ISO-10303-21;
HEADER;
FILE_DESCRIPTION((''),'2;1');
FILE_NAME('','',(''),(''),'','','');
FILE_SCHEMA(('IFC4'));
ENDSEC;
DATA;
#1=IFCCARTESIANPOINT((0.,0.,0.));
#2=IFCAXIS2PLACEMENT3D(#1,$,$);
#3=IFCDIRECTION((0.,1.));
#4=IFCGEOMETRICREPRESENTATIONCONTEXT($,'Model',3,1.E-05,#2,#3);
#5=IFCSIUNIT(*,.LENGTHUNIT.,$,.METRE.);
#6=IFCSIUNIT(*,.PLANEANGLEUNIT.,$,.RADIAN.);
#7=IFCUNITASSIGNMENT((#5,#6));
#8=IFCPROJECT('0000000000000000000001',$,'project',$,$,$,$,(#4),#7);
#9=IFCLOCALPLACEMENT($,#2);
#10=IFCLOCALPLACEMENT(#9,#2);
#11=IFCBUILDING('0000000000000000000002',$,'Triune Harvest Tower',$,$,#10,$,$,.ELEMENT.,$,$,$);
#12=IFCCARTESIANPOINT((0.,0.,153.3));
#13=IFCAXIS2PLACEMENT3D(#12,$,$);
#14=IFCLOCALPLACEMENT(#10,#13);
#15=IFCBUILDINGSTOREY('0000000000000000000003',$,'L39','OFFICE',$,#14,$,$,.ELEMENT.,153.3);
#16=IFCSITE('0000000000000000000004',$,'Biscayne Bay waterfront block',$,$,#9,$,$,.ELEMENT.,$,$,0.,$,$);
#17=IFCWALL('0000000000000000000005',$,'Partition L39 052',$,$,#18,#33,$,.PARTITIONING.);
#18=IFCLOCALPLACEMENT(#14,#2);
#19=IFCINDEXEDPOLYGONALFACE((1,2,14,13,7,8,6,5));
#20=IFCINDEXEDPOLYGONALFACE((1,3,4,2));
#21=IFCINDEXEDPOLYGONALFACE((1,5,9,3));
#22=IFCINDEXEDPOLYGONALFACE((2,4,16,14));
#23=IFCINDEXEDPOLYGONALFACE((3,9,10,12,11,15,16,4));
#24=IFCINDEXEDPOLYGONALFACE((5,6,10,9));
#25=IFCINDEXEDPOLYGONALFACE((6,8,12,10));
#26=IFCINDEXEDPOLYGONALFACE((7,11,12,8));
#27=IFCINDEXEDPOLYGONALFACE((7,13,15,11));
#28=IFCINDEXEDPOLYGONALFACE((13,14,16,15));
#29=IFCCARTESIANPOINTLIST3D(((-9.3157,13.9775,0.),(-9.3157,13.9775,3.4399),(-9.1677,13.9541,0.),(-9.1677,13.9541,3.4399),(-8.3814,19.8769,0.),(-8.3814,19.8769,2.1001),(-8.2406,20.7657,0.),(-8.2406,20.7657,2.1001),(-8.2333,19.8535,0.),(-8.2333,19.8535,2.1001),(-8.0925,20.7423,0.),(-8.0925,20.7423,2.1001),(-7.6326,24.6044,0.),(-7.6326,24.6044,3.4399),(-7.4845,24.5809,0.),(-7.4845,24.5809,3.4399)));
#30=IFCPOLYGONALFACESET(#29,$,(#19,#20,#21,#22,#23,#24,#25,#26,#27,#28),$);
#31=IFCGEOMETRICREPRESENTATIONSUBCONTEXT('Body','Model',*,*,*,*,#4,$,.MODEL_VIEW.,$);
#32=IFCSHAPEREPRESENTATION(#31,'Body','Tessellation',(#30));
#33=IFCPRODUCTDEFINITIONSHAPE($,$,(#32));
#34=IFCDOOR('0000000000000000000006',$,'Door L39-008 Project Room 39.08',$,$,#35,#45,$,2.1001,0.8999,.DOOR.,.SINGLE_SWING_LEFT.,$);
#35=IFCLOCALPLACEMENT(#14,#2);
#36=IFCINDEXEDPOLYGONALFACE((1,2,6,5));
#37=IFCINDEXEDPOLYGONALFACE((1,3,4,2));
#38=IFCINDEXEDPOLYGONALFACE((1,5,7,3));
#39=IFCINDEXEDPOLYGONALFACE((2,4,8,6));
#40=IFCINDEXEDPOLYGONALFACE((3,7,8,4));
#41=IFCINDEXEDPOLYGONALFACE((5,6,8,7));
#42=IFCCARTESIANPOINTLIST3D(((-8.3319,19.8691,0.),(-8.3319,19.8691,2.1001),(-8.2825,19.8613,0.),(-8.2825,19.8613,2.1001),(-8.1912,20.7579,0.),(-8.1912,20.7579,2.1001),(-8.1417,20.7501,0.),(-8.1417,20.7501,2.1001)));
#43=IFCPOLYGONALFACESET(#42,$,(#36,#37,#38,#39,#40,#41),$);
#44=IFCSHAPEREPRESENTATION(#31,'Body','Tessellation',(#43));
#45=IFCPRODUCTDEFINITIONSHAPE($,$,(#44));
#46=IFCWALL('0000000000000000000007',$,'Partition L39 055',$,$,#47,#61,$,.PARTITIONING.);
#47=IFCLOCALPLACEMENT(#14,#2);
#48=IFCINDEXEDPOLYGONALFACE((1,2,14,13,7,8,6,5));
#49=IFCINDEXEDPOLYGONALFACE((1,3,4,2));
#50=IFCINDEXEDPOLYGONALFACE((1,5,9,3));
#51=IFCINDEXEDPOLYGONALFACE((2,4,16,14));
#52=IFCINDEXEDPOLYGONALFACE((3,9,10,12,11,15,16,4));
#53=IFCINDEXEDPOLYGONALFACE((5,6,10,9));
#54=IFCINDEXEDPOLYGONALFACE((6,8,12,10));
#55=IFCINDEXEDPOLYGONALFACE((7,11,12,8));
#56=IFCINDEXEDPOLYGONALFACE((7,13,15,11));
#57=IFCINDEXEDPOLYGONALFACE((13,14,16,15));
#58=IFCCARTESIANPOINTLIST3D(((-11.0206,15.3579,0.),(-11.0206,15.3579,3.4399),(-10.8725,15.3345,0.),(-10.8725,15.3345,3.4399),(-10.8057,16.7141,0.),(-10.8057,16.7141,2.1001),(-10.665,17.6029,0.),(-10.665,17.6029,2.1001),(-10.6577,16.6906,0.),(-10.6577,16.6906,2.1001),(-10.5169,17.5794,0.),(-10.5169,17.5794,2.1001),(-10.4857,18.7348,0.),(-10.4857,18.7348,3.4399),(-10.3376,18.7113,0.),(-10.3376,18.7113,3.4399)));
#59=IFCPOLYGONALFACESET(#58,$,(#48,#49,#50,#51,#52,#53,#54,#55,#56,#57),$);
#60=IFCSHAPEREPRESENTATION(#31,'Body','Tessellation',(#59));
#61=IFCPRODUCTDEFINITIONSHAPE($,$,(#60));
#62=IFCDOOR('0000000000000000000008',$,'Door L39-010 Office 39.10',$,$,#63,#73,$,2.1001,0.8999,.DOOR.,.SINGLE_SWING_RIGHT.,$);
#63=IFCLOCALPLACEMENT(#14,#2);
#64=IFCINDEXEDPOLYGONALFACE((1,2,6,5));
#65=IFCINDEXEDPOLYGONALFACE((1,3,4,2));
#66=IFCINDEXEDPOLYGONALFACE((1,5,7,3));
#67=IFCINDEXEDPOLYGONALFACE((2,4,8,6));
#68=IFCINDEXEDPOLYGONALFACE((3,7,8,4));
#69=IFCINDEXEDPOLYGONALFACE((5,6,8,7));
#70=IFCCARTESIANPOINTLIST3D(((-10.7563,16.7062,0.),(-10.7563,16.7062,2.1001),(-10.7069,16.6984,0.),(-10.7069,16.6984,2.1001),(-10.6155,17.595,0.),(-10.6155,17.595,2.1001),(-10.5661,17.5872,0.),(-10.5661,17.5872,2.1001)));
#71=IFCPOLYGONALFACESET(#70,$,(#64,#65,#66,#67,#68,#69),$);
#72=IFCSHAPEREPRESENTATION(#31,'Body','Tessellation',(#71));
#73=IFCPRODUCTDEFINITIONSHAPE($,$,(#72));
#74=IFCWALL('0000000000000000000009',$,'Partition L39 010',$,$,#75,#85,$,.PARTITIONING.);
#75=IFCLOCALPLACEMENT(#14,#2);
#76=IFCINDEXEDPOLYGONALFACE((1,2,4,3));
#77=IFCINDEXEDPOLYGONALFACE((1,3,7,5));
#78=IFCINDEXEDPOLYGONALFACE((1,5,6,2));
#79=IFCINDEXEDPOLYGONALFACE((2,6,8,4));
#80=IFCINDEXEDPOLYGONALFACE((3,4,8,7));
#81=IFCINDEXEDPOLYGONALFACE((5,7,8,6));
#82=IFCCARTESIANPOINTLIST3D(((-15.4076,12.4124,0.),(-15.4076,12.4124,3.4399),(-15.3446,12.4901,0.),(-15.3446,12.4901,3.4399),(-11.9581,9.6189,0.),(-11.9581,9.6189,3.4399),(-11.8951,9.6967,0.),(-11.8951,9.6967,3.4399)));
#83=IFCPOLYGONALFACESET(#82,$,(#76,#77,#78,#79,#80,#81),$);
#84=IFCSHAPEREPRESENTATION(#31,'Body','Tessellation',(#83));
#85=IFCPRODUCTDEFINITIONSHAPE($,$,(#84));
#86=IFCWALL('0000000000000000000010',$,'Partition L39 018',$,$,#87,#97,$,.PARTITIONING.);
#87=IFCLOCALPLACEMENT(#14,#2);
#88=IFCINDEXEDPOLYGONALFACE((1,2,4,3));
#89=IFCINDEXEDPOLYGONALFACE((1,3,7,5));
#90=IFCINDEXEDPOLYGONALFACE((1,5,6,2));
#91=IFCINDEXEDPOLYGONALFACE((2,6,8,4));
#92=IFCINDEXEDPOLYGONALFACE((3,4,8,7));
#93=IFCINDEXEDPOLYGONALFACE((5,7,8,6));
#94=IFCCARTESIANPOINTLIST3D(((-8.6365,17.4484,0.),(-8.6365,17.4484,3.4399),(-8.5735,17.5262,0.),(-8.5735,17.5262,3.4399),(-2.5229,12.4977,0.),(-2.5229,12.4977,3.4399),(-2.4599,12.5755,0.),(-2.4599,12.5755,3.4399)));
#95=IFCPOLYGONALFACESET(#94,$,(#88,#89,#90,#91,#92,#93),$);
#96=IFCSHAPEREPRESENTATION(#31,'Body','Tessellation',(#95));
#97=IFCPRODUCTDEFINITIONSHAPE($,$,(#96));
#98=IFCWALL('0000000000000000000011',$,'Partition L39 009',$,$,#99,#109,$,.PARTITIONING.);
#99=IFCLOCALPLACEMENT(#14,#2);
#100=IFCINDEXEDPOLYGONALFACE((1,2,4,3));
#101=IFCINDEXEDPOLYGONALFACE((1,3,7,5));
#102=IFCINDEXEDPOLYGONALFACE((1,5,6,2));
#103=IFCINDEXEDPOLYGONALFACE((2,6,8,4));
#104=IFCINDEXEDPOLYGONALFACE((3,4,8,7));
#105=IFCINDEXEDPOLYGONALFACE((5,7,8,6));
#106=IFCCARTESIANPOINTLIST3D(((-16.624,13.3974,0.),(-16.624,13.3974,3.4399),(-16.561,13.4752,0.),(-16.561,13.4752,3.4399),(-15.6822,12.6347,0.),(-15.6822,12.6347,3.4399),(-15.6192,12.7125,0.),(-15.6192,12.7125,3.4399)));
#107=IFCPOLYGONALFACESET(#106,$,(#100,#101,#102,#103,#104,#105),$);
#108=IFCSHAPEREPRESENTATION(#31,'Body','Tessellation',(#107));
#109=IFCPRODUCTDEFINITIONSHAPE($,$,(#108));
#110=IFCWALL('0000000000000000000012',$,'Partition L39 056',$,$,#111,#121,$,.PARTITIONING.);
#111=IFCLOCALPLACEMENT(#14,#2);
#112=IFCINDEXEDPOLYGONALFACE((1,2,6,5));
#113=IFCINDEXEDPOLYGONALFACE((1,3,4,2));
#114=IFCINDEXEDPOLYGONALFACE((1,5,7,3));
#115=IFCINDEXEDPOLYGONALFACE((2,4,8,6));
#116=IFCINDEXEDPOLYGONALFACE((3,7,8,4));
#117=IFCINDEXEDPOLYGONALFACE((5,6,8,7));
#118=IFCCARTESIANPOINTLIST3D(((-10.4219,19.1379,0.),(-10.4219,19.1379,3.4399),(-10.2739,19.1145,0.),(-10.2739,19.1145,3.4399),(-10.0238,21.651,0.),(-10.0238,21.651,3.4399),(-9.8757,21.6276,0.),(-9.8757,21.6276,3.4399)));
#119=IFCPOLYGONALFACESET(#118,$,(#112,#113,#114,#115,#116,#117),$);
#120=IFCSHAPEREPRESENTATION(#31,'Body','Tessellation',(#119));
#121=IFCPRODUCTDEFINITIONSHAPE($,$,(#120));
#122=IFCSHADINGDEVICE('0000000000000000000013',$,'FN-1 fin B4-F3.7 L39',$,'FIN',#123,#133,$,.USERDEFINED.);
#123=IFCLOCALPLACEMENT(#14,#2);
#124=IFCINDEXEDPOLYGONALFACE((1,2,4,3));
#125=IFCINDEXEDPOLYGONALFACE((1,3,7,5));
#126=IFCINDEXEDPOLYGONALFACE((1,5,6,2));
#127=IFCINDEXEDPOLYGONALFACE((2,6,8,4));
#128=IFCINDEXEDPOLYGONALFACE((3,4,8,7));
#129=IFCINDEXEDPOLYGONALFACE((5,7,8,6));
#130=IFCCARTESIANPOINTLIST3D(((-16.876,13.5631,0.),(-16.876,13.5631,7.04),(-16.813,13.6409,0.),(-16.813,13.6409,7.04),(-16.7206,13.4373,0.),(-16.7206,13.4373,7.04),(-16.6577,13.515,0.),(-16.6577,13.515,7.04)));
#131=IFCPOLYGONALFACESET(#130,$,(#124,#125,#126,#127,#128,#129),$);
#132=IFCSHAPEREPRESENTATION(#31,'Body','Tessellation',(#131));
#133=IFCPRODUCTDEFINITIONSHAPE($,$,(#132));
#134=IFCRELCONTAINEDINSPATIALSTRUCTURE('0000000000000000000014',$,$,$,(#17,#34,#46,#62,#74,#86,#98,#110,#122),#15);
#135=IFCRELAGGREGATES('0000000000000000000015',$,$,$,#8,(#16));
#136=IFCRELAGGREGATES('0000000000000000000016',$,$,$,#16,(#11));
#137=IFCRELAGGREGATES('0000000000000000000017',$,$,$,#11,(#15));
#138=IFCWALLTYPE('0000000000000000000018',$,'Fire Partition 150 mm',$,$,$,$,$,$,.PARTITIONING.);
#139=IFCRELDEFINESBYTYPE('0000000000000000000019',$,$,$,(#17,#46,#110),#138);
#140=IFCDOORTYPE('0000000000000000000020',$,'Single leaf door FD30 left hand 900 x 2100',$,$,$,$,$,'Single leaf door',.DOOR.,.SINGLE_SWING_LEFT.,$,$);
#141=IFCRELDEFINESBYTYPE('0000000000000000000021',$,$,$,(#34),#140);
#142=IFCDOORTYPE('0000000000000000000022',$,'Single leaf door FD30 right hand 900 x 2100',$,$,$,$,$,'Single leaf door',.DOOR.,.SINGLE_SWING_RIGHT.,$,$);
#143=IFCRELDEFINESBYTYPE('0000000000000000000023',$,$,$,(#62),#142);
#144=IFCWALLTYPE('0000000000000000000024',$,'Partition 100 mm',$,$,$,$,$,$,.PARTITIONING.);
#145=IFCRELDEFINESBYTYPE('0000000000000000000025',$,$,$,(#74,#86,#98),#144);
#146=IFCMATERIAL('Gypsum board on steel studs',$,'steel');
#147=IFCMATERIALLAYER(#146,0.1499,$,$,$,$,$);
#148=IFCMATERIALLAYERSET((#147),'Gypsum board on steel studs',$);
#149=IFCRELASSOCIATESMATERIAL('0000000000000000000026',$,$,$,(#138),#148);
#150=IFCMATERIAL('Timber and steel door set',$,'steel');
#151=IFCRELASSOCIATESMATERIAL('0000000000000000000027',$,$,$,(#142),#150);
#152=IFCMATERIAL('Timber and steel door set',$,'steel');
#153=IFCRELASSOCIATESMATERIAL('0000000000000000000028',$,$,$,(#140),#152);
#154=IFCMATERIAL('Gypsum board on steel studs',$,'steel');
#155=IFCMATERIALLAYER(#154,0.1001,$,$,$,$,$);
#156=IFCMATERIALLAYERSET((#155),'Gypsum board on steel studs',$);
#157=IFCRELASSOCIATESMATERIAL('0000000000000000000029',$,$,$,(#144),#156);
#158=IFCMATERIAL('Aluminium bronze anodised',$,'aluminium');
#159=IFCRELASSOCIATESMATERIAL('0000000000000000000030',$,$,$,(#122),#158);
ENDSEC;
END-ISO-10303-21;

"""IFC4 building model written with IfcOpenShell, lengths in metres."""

from ifc_helpers import new_model, si_unit, direction, frame, frame_2d, origin, origin_2d, place, context, subcontext, project, spatial, rectangle, extrude, source, transform, mapped, material, layer, layer_set, type_object, element, fill, save


model = new_model("IFC4")

# Units and contexts
model_context = context("Model", 3, precision=1e-05, world=origin(), true_north=direction((0.0, 1.0)))
body_context = subcontext(model_context, "Body", "Model", "MODEL_VIEW")
ifc_project = project(units=[si_unit("LENGTHUNIT", "METRE"), si_unit("PLANEANGLEUNIT", "RADIAN")], contexts=[model_context])

# Site, building, storey
site_placement = place(None, origin())
site = spatial("IfcSite", under=ifc_project, at=site_placement, Name="Biscayne Bay waterfront block", CompositionType="ELEMENT", RefElevation=0.0)
building_placement = place(site_placement, origin())
building = spatial("IfcBuilding", under=site, at=building_placement, Name="Triune Harvest Tower", CompositionType="ELEMENT")
storey_placement = place(building_placement, frame((0.0, 0.0, 153.3)))
storey = spatial("IfcBuildingStorey", under=building, at=storey_placement, Name="L39", Description="OFFICE", CompositionType="ELEMENT", Elevation=153.3)

# Shared definitions
ifc_material_1 = material(Name="Gypsum board on steel studs", Category="steel")
ifc_layer_1 = layer(ifc_material_1, 0.1499)
ifc_layer_set_1 = layer_set([ifc_layer_1], Name="Gypsum board on steel studs")
wall_type_1 = type_object("IfcWallType", Name="Fire Partition 150 mm", PredefinedType="PARTITIONING", material=ifc_layer_set_1)
ifc_material_2 = material(Name="Timber and steel door set", Category="steel")
door_type_1 = type_object("IfcDoorType", Name="Single leaf door FD30 right hand 900 x 2100", ElementType="Single leaf door", OperationType="SINGLE_SWING_RIGHT", PredefinedType="DOOR", material=ifc_material_2)

# Shared definitions
ifc_material_3 = material(Name="Timber and steel door set", Category="steel")
door_type_2 = type_object("IfcDoorType", Name="Single leaf door FD30 left hand 900 x 2100", ElementType="Single leaf door", OperationType="SINGLE_SWING_LEFT", PredefinedType="DOOR", material=ifc_material_3)

# Walls, openings, doors
wall_1_placement = place(storey_placement, frame((-9.2417, 13.9658, 0.0), z_axis=(0.0, 0.0, 1.0), x_axis=(0.156434, 0.987688, 0.0)))
wall_1 = element("IfcWall", 1, at=wall_1_placement, inside=storey, type_object=wall_type_1, Name="Partition L39 052", PredefinedType="PARTITIONING", context=body_context, shape_type="SweptSolid", body=[
    extrude(rectangle(XDim=10.7593, YDim=0.1499, at=frame_2d((5.3796, 0.0))), origin(), (0.0, 0.0, 1.0), 3.4399),
])
opening_1_placement = place(wall_1_placement, frame((5.9729, 0.0, 0.0)))
opening_1 = element("IfcOpeningElement", 2, at=opening_1_placement, cuts=wall_1, PredefinedType="OPENING", context=body_context, shape_type="SweptSolid", body=[
    extrude(rectangle(XDim=0.8999, YDim=2.1001, at=frame_2d((0.45, 1.05))), frame((0.0, 0.085, 0.0), z_axis=(0.0, -1.0, 0.0), x_axis=(1.0, 0.0, 0.0)), (0.0, 0.0, 1.0), 0.1699),
])
door_1_placement = place(opening_1_placement, origin())
door_1 = element("IfcDoor", 3, at=door_1_placement, inside=storey, type_object=door_type_2, Name="Door L39-008 Project Room 39.08", OperationType="SINGLE_SWING_LEFT", OverallHeight=2.1001, OverallWidth=0.8999, PredefinedType="DOOR", context=body_context, shape_type="SweptSolid", body=[
    extrude(rectangle(XDim=0.8999, YDim=2.1001, at=frame_2d((0.45, 1.05))), frame((0.0, 0.0249, 0.0), z_axis=(0.0, -1.0, 0.0), x_axis=(1.0, 0.0, 0.0)), (0.0, 0.0, 1.0), 0.05),
])
fill(opening_1, door_1)
wall_2_placement = place(storey_placement, frame((-10.9465, 15.3462, 0.0), z_axis=(0.0, 0.0, 1.0), x_axis=(0.15645, 0.987686, 0.0)))
wall_2 = element("IfcWall", 4, at=wall_2_placement, inside=storey, type_object=wall_type_1, Name="Partition L39 055", PredefinedType="PARTITIONING", context=body_context, shape_type="SweptSolid", body=[
    extrude(rectangle(XDim=3.4189, YDim=0.1499, at=frame_2d((1.7095, 0.0))), origin(), (0.0, 0.0, 1.0), 3.4399),
])
opening_2_placement = place(wall_2_placement, frame((1.373, 0.0, 0.0)))
opening_2 = element("IfcOpeningElement", 5, at=opening_2_placement, cuts=wall_2, PredefinedType="OPENING", context=body_context, shape_type="SweptSolid", body=[
    extrude(rectangle(XDim=0.8999, YDim=2.1001, at=frame_2d((0.45, 1.05))), frame((0.0, 0.085, 0.0), z_axis=(0.0, -1.0, 0.0), x_axis=(1.0, 0.0, 0.0)), (0.0, 0.0, 1.0), 0.1699),
])
door_2_placement = place(opening_2_placement, origin())
door_2 = element("IfcDoor", 6, at=door_2_placement, inside=storey, type_object=door_type_1, Name="Door L39-010 Office 39.10", OperationType="SINGLE_SWING_RIGHT", OverallHeight=2.1001, OverallWidth=0.8999, PredefinedType="DOOR", context=body_context, shape_type="SweptSolid", body=[
    extrude(rectangle(XDim=0.8999, YDim=2.1001, at=frame_2d((0.45, 1.05))), frame((0.0, 0.0249, 0.0), z_axis=(0.0, -1.0, 0.0), x_axis=(1.0, 0.0, 0.0)), (0.0, 0.0, 1.0), 0.05),
])
fill(opening_2, door_2)

# Walls
ifc_material_4 = material(Name="Gypsum board on steel studs", Category="steel")
ifc_layer_2 = layer(ifc_material_4, 0.1001)
ifc_layer_set_2 = layer_set([ifc_layer_2], Name="Gypsum board on steel studs")
wall_type_2 = type_object("IfcWallType", Name="Partition 100 mm", PredefinedType="PARTITIONING", material=ifc_layer_set_2)
wall_3_placement = place(storey_placement, frame((-15.376, 12.4512, 0.0), z_axis=(0.0, 0.0, 1.0), x_axis=(0.777131, -0.629339, 0.0)))
element("IfcWall", 7, at=wall_3_placement, inside=storey, type_object=wall_type_2, Name="Partition L39 010", PredefinedType="PARTITIONING", context=body_context, shape_type="SweptSolid", body=[
    extrude(rectangle(XDim=4.4387, YDim=0.1001, at=frame_2d((2.2192, 0.0))), origin(), (0.0, 0.0, 1.0), 3.4399),
])
wall_4_placement = place(storey_placement, frame((-8.605, 17.4873, 0.0), z_axis=(0.0, 0.0, 1.0), x_axis=(0.777143, -0.629324, 0.0)))
element("IfcWall", 8, at=wall_4_placement, inside=storey, type_object=wall_type_2, Name="Partition L39 018", PredefinedType="PARTITIONING", context=body_context, shape_type="SweptSolid", body=[
    extrude(rectangle(XDim=7.8667, YDim=0.1001, at=frame_2d((3.9333, 0.0))), origin(), (0.0, 0.0, 1.0), 3.4399),
])
shared_shape_1 = source(origin(), body_context, "Body", "SweptSolid", [
    extrude(rectangle(XDim=1.2119, YDim=0.1001, at=frame_2d((0.606, 0.0))), origin(), (0.0, 0.0, 1.0), 3.4399),
])
wall_5_placement = place(storey_placement, frame((-16.5925, 13.4363, 0.0), z_axis=(0.0, 0.0, 1.0), x_axis=(0.77716, -0.629303, 0.0)))
element("IfcWall", 9, at=wall_5_placement, inside=storey, type_object=wall_type_2, Name="Partition L39 009", PredefinedType="PARTITIONING", context=body_context, shape_type="MappedRepresentation", body=[
    mapped(shared_shape_1, transform((0.0, 0.0, 0.0), scale=1.0)),
])
shared_shape_2 = source(origin(), body_context, "Body", "SweptSolid", [
    extrude(rectangle(XDim=2.5444, YDim=0.1499, at=frame_2d((1.2722, 0.0))), origin(), (0.0, 0.0, 1.0), 3.4399),
])
wall_6_placement = place(storey_placement, frame((-10.3479, 19.1262, 0.0), z_axis=(0.0, 0.0, 1.0), x_axis=(0.15649, 0.98768, 0.0)))
element("IfcWall", 10, at=wall_6_placement, inside=storey, type_object=wall_type_1, Name="Partition L39 056", PredefinedType="PARTITIONING", context=body_context, shape_type="MappedRepresentation", body=[
    mapped(shared_shape_2, transform((0.0, 0.0, 0.0), scale=1.0)),
])

# Shading device
ifc_material_5 = material(Name="Aluminium bronze anodised", Category="aluminium")
shared_shape_3 = source(origin(), body_context, "Body", "SweptSolid", [
    extrude(rectangle(XDim=0.1001, YDim=0.2, at=origin_2d()), origin(), (0.0, 0.0, 1.0), 7.04),
])
shading_device_placement = place(storey_placement, frame((-16.7668, 13.5391, 0.0), z_axis=(0.0, 0.0, 1.0), x_axis=(-0.629321, -0.777145, 0.0)))
element("IfcShadingDevice", 11, at=shading_device_placement, inside=storey, material=ifc_material_5, Name="FN-1 fin B4-F3.7 L39", ObjectType="FIN", PredefinedType="USERDEFINED", context=body_context, shape_type="MappedRepresentation", body=[
    mapped(shared_shape_3, transform((0.0, 0.0, 0.0), scale=1.0)),
])

save(model, "model.ifc")
